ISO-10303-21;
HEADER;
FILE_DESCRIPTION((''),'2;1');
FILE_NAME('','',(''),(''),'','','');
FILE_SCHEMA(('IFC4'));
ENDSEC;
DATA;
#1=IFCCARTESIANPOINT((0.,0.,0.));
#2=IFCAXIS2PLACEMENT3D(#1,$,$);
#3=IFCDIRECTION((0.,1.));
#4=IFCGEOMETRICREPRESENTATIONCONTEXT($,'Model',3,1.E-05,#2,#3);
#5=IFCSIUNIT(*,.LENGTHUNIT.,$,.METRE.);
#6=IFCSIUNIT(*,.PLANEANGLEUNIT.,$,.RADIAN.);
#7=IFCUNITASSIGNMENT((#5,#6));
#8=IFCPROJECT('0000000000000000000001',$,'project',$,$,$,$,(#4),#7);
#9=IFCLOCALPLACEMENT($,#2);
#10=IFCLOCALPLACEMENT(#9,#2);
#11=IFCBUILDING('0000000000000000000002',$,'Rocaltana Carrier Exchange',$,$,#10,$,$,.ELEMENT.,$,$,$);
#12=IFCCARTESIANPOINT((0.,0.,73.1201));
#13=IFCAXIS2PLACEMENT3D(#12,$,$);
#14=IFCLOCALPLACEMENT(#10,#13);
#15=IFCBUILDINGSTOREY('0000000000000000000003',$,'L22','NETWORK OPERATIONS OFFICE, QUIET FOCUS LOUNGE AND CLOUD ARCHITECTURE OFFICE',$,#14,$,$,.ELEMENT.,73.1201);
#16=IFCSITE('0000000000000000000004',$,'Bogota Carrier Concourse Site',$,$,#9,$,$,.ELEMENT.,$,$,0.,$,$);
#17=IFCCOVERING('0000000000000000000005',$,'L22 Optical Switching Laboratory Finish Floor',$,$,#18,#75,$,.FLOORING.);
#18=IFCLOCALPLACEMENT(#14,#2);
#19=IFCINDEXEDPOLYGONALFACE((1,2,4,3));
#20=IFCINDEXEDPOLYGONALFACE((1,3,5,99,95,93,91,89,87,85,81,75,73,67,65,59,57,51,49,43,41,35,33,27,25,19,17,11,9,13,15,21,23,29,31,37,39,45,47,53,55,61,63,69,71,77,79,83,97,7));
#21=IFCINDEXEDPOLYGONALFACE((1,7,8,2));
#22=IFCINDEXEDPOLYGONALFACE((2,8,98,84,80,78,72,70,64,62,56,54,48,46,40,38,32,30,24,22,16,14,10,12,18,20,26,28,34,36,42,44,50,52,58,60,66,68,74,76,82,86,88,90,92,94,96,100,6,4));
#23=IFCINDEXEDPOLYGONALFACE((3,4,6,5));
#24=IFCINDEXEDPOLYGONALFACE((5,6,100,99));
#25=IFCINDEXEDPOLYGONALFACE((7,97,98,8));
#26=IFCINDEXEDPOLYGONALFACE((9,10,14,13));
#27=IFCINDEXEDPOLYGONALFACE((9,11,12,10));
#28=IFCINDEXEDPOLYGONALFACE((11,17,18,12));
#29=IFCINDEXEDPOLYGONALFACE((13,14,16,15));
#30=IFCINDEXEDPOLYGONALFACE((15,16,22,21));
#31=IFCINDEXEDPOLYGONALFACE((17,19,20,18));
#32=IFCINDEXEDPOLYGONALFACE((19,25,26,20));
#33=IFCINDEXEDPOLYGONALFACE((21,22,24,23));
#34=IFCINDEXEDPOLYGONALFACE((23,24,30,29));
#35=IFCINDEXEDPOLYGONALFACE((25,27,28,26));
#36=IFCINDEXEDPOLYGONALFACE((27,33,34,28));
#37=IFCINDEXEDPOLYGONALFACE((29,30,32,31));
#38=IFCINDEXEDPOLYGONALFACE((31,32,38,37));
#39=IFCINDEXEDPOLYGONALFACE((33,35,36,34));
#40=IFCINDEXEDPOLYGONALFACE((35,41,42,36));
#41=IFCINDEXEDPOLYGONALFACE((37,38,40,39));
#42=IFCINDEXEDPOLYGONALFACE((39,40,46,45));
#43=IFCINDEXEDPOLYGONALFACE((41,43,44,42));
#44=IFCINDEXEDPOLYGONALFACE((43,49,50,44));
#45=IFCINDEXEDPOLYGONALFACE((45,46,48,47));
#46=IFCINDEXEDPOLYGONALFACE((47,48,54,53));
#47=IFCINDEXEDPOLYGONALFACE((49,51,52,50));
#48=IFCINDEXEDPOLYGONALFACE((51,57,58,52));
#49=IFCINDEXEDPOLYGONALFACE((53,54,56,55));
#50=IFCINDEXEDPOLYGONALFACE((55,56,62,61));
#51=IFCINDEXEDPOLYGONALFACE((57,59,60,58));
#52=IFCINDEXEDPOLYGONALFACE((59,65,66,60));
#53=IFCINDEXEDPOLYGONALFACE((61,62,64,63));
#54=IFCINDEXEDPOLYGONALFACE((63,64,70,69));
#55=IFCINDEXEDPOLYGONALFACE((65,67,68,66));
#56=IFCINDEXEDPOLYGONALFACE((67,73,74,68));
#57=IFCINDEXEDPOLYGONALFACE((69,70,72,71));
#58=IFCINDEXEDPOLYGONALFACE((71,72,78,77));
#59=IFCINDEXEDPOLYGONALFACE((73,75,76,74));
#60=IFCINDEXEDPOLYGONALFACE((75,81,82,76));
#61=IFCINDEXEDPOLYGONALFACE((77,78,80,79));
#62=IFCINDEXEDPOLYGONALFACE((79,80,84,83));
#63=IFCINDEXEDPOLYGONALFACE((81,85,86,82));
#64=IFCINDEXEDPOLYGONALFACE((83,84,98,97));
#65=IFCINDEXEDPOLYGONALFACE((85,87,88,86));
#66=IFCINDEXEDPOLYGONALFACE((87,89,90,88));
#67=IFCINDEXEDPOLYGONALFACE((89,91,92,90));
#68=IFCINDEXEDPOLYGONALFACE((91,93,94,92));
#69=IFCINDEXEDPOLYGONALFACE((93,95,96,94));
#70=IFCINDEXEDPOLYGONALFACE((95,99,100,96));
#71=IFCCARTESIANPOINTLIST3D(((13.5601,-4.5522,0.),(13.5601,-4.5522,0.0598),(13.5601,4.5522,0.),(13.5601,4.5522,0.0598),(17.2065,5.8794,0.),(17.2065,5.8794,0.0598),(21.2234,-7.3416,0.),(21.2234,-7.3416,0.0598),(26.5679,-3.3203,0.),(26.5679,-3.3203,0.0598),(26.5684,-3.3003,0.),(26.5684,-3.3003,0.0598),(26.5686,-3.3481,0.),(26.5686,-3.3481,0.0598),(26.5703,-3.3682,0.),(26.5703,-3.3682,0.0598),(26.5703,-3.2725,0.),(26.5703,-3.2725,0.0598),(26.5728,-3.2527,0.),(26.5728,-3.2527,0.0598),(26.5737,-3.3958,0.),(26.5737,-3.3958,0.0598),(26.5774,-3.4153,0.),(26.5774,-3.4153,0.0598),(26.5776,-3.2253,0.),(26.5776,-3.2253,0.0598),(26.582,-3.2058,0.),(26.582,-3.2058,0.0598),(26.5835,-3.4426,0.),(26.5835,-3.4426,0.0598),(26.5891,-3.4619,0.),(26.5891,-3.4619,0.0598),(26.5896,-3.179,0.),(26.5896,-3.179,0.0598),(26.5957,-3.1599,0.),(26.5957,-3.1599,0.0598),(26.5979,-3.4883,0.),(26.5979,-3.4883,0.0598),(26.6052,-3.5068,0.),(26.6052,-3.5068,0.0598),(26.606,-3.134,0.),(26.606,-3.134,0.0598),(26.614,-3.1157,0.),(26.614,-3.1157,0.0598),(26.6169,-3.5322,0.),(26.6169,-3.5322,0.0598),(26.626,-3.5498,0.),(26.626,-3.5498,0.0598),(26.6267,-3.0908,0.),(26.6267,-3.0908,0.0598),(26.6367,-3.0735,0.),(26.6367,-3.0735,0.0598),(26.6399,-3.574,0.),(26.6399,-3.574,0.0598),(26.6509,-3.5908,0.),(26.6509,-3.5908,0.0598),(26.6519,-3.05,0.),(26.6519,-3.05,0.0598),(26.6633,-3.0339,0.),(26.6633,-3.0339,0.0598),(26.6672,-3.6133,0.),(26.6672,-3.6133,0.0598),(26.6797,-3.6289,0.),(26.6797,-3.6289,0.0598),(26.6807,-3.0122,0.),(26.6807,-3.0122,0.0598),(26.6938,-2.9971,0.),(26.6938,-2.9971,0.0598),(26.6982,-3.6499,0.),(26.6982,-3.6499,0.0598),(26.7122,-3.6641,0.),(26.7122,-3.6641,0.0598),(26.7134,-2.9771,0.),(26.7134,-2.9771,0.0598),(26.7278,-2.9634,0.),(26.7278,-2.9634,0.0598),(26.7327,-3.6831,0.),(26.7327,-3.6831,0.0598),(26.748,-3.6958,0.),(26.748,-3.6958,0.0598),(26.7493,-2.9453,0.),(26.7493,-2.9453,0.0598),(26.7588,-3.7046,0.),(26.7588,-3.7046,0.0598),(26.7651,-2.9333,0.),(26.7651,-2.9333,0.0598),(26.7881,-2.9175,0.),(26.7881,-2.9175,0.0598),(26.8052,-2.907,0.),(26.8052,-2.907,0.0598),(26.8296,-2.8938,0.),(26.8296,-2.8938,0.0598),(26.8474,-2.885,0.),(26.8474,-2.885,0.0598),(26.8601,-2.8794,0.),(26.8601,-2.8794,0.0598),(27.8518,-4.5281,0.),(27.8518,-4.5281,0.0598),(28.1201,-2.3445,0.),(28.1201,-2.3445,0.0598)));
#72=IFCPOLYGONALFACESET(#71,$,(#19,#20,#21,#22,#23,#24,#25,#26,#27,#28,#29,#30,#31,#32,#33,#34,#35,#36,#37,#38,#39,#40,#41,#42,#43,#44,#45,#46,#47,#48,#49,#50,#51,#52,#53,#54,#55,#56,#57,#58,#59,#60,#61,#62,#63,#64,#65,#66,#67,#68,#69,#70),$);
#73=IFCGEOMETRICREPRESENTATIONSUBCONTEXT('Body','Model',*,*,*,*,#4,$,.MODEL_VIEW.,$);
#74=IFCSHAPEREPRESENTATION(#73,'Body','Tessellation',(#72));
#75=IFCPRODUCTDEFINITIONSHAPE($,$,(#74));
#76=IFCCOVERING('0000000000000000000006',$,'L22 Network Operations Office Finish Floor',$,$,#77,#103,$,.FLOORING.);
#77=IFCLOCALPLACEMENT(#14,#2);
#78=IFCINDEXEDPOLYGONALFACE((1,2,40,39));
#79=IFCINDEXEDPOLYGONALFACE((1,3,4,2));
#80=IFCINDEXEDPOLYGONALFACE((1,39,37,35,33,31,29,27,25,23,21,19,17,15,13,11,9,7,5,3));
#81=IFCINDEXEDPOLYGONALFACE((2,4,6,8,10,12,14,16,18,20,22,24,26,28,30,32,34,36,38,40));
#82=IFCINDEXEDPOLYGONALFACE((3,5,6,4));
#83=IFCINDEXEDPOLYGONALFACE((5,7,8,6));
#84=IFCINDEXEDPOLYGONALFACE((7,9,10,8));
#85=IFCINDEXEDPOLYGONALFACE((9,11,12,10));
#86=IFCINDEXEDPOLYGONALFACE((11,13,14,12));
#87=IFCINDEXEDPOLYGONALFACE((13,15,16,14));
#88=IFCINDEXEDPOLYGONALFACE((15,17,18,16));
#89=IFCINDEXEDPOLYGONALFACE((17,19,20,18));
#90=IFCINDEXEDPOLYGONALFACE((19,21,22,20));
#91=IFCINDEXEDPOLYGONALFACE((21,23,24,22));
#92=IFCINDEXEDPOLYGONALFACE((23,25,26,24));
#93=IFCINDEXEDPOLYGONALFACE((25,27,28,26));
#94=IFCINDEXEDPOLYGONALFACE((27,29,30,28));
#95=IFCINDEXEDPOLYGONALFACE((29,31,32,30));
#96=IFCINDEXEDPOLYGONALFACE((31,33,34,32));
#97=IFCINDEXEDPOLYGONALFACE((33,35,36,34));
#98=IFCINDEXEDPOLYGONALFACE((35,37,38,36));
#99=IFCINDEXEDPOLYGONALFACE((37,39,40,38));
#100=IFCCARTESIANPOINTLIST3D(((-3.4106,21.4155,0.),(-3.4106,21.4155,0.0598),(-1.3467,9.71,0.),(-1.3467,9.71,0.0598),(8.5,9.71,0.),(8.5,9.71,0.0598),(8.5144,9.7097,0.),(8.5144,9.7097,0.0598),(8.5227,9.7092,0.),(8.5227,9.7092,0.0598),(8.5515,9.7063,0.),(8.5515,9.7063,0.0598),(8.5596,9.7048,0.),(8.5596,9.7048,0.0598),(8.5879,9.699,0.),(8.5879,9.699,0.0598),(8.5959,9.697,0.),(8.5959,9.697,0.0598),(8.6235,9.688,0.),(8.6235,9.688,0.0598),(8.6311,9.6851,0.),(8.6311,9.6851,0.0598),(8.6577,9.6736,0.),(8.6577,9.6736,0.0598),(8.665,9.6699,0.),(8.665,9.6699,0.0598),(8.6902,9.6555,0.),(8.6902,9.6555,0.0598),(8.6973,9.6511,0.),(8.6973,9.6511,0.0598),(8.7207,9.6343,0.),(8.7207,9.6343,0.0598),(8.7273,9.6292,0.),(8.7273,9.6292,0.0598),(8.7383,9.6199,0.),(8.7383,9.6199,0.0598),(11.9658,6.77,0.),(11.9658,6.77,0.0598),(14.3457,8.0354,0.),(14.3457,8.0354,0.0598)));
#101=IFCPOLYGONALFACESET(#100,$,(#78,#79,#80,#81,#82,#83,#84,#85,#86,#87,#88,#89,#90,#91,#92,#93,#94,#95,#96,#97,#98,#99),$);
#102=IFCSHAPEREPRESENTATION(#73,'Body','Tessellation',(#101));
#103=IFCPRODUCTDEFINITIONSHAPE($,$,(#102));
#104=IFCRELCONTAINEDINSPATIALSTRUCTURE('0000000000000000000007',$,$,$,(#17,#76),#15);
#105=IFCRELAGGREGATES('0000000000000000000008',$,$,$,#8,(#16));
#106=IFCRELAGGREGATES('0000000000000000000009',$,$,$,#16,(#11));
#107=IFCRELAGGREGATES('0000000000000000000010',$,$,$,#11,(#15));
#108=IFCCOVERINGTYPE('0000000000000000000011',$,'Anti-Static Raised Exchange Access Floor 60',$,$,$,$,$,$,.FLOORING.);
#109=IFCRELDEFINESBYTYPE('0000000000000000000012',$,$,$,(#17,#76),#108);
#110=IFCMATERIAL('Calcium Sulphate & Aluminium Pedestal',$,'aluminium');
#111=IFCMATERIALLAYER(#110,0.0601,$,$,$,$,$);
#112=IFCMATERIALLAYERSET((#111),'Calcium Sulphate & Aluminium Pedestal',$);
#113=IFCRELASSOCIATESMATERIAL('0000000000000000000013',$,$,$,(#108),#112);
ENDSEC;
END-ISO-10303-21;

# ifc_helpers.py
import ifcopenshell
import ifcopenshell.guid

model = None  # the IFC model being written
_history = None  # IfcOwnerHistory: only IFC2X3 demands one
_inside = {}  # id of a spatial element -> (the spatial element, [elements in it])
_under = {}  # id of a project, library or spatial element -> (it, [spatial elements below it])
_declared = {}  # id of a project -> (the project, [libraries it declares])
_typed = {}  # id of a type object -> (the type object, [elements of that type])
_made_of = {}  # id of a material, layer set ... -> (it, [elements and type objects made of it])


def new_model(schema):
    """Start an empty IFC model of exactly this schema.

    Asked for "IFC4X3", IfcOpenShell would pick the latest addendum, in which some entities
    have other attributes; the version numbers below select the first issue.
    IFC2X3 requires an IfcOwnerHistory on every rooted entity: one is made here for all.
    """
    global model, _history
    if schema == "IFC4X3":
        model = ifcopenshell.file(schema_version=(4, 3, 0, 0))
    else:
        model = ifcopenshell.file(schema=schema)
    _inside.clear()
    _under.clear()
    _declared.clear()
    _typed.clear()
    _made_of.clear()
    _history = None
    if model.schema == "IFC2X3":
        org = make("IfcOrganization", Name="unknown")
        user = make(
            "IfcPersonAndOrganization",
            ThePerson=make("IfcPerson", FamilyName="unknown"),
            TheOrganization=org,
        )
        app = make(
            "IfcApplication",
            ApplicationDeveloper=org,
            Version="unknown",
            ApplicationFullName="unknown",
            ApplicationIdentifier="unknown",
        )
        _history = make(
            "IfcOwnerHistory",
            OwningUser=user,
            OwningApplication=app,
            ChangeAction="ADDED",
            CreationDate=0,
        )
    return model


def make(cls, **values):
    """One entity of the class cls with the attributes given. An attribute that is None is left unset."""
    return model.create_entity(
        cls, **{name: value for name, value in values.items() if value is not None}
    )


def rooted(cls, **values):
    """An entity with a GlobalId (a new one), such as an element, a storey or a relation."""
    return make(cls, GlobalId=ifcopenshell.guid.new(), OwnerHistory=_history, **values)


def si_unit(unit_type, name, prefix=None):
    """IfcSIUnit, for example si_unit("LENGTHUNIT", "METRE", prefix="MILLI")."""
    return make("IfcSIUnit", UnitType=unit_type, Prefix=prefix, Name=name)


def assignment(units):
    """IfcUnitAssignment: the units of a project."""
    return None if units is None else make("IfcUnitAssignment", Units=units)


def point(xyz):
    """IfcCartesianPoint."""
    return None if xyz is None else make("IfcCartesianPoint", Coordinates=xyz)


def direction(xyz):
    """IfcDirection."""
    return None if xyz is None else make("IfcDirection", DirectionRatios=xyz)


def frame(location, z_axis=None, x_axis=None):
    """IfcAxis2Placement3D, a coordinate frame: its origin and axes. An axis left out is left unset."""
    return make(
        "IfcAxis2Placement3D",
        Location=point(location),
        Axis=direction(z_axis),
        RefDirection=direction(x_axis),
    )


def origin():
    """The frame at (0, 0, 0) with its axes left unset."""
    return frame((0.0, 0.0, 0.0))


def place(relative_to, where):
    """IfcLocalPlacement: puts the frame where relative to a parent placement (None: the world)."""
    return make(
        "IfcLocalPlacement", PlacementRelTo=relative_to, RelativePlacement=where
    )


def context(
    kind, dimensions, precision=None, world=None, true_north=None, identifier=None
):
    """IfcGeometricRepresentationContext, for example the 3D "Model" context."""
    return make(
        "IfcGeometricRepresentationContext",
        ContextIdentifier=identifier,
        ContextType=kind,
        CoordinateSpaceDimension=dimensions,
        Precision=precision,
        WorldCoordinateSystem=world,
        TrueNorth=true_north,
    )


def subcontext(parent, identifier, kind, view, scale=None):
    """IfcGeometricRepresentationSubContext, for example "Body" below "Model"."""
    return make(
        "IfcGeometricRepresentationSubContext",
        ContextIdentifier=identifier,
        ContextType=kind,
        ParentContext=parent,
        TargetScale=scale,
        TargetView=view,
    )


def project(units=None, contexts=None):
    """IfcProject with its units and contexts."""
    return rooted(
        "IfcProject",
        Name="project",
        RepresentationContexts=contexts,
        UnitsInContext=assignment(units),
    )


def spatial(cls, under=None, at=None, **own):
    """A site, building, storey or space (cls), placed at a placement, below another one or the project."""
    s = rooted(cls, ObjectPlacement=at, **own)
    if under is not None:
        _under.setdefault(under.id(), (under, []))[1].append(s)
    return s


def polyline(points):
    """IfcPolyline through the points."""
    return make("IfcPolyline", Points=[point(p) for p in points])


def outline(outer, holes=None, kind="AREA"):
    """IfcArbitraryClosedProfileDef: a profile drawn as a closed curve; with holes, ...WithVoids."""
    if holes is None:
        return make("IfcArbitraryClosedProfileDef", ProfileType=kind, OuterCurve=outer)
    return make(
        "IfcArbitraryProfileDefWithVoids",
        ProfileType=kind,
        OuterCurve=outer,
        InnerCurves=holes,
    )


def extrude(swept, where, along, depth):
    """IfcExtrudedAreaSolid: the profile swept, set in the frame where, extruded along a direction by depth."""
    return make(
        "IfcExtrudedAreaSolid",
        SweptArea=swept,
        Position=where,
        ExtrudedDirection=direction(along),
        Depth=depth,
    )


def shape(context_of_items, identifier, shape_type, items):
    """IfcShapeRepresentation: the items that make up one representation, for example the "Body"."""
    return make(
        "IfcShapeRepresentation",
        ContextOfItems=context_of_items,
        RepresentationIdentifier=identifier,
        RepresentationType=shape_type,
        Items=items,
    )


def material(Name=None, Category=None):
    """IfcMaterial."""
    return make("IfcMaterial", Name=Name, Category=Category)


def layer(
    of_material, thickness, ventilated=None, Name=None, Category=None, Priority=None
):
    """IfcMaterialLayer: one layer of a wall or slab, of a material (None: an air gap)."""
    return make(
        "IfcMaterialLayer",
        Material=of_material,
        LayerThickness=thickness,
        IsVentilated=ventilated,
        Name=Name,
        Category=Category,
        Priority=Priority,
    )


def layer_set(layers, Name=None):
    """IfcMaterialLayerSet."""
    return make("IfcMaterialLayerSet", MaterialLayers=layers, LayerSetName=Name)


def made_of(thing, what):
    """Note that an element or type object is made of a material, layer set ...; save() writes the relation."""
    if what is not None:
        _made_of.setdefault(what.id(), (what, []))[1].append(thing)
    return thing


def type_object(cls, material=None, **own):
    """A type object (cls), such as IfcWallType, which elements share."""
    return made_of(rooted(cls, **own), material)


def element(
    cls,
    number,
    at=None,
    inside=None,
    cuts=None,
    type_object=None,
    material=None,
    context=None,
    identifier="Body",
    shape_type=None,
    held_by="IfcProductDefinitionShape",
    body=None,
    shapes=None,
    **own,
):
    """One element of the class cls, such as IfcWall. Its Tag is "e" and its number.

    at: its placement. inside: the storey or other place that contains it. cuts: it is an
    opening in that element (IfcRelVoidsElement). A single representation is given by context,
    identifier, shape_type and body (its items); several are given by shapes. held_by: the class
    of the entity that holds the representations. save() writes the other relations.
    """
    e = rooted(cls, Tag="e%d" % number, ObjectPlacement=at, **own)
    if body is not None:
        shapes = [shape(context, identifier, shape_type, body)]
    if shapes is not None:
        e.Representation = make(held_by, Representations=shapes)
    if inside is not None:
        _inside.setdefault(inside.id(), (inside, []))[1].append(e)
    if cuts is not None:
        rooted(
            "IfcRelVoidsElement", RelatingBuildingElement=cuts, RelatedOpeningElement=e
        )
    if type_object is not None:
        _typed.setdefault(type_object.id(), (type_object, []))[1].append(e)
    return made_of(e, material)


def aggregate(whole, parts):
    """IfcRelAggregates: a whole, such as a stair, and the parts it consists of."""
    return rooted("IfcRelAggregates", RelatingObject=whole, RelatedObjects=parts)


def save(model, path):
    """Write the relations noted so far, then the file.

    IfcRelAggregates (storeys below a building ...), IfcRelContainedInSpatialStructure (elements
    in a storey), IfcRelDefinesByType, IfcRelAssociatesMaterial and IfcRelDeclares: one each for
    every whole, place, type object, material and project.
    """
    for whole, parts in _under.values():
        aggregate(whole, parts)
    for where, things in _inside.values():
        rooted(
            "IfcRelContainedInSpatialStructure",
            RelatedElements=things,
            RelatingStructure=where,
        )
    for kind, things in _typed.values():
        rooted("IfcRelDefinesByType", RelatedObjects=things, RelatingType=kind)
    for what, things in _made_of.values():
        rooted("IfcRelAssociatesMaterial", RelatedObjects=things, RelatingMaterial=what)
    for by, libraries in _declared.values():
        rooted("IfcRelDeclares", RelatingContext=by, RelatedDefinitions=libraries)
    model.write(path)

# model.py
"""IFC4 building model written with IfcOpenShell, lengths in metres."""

from ifc_helpers import new_model, si_unit, direction, frame, origin, place, context, subcontext, project, spatial, polyline, outline, extrude, material, layer, layer_set, type_object, element, save


model = new_model("IFC4")

# Units and contexts
model_context = context("Model", 3, precision=1e-05, world=origin(), true_north=direction((0.0, 1.0)))
body_context = subcontext(model_context, "Body", "Model", "MODEL_VIEW")
ifc_project = project(units=[si_unit("LENGTHUNIT", "METRE"), si_unit("PLANEANGLEUNIT", "RADIAN")], contexts=[model_context])

# Site, building, storey
site_placement = place(None, origin())
site = spatial("IfcSite", under=ifc_project, at=site_placement, Name="Bogota Carrier Concourse Site", CompositionType="ELEMENT", RefElevation=0.0)
building_placement = place(site_placement, origin())
building = spatial("IfcBuilding", under=site, at=building_placement, Name="Rocaltana Carrier Exchange", CompositionType="ELEMENT")
storey_placement = place(building_placement, frame((0.0, 0.0, 73.1201)))
storey = spatial("IfcBuildingStorey", under=building, at=storey_placement, Name="L22", Description="NETWORK OPERATIONS OFFICE, QUIET FOCUS LOUNGE AND CLOUD ARCHITECTURE OFFICE", CompositionType="ELEMENT", Elevation=73.1201)

# Coverings
ifc_material_1 = material(Name="Calcium Sulphate & Aluminium Pedestal", Category="aluminium")
ifc_layer_1 = layer(ifc_material_1, 0.0601)
ifc_layer_set_1 = layer_set([ifc_layer_1], Name="Calcium Sulphate & Aluminium Pedestal")
covering_type_1 = type_object("IfcCoveringType", Name="Anti-Static Raised Exchange Access Floor 60", PredefinedType="FLOORING", material=ifc_layer_set_1)
covering_1_placement = place(storey_placement, origin())
element("IfcCovering", 1, at=covering_1_placement, inside=storey, type_object=covering_type_1, Name="L22 Optical Switching Laboratory Finish Floor", PredefinedType="FLOORING", context=body_context, shape_type="SweptSolid", body=[
    extrude(outline(polyline([(28.1201, -2.3445), (26.8601, -2.8794), (26.8474, -2.885), (26.8296, -2.8938), (26.8052, -2.907), (26.7881, -2.9175), (26.7651, -2.9333), (26.7493, -2.9453), (26.7278, -2.9634), (26.7134, -2.9771), (26.6938, -2.9971), (26.6807, -3.0122), (26.6633, -3.0339), (26.6519, -3.05), (26.6367, -3.0735), (26.6267, -3.0908), (26.614, -3.1157), (26.606, -3.134), (26.5957, -3.1599), (26.5896, -3.179), (26.582, -3.2058), (26.5776, -3.2253), (26.5728, -3.2527), (26.5703, -3.2725), (26.5684, -3.3003), (26.5679, -3.3203), (26.5686, -3.3481), (26.5703, -3.3682), (26.5737, -3.3958), (26.5774, -3.4153), (26.5835, -3.4426), (26.5891, -3.4619), (26.5979, -3.4883), (26.6052, -3.5068), (26.6169, -3.5322), (26.626, -3.5498), (26.6399, -3.574), (26.6509, -3.5908), (26.6672, -3.6133), (26.6797, -3.6289), (26.6982, -3.6499), (26.7122, -3.6641), (26.7327, -3.6831), (26.748, -3.6958), (26.7588, -3.7046), (27.8518, -4.5281), (21.2234, -7.3416), (13.5601, -4.5522), (13.5601, 4.5522), (17.2065, 5.8794), (28.1201, -2.3445)])), origin(), (0.0, 0.0, 1.0), 0.0598),
])
covering_2_placement = place(storey_placement, origin())
element("IfcCovering", 2, at=covering_2_placement, inside=storey, type_object=covering_type_1, Name="L22 Network Operations Office Finish Floor", PredefinedType="FLOORING", context=body_context, shape_type="SweptSolid", body=[
    extrude(outline(polyline([(14.3457, 8.0354), (11.9658, 6.77), (8.7383, 9.6199), (8.7273, 9.6292), (8.7207, 9.6343), (8.6973, 9.6511), (8.6902, 9.6555), (8.665, 9.6699), (8.6577, 9.6736), (8.6311, 9.6851), (8.6235, 9.688), (8.5959, 9.697), (8.5879, 9.699), (8.5596, 9.7048), (8.5515, 9.7063), (8.5227, 9.7092), (8.5144, 9.7097), (8.5, 9.71), (-1.3467, 9.71), (-3.4106, 21.4155), (14.3457, 8.0354)])), origin(), (0.0, 0.0, 1.0), 0.0598),
])

save(model, "model.ifc")
